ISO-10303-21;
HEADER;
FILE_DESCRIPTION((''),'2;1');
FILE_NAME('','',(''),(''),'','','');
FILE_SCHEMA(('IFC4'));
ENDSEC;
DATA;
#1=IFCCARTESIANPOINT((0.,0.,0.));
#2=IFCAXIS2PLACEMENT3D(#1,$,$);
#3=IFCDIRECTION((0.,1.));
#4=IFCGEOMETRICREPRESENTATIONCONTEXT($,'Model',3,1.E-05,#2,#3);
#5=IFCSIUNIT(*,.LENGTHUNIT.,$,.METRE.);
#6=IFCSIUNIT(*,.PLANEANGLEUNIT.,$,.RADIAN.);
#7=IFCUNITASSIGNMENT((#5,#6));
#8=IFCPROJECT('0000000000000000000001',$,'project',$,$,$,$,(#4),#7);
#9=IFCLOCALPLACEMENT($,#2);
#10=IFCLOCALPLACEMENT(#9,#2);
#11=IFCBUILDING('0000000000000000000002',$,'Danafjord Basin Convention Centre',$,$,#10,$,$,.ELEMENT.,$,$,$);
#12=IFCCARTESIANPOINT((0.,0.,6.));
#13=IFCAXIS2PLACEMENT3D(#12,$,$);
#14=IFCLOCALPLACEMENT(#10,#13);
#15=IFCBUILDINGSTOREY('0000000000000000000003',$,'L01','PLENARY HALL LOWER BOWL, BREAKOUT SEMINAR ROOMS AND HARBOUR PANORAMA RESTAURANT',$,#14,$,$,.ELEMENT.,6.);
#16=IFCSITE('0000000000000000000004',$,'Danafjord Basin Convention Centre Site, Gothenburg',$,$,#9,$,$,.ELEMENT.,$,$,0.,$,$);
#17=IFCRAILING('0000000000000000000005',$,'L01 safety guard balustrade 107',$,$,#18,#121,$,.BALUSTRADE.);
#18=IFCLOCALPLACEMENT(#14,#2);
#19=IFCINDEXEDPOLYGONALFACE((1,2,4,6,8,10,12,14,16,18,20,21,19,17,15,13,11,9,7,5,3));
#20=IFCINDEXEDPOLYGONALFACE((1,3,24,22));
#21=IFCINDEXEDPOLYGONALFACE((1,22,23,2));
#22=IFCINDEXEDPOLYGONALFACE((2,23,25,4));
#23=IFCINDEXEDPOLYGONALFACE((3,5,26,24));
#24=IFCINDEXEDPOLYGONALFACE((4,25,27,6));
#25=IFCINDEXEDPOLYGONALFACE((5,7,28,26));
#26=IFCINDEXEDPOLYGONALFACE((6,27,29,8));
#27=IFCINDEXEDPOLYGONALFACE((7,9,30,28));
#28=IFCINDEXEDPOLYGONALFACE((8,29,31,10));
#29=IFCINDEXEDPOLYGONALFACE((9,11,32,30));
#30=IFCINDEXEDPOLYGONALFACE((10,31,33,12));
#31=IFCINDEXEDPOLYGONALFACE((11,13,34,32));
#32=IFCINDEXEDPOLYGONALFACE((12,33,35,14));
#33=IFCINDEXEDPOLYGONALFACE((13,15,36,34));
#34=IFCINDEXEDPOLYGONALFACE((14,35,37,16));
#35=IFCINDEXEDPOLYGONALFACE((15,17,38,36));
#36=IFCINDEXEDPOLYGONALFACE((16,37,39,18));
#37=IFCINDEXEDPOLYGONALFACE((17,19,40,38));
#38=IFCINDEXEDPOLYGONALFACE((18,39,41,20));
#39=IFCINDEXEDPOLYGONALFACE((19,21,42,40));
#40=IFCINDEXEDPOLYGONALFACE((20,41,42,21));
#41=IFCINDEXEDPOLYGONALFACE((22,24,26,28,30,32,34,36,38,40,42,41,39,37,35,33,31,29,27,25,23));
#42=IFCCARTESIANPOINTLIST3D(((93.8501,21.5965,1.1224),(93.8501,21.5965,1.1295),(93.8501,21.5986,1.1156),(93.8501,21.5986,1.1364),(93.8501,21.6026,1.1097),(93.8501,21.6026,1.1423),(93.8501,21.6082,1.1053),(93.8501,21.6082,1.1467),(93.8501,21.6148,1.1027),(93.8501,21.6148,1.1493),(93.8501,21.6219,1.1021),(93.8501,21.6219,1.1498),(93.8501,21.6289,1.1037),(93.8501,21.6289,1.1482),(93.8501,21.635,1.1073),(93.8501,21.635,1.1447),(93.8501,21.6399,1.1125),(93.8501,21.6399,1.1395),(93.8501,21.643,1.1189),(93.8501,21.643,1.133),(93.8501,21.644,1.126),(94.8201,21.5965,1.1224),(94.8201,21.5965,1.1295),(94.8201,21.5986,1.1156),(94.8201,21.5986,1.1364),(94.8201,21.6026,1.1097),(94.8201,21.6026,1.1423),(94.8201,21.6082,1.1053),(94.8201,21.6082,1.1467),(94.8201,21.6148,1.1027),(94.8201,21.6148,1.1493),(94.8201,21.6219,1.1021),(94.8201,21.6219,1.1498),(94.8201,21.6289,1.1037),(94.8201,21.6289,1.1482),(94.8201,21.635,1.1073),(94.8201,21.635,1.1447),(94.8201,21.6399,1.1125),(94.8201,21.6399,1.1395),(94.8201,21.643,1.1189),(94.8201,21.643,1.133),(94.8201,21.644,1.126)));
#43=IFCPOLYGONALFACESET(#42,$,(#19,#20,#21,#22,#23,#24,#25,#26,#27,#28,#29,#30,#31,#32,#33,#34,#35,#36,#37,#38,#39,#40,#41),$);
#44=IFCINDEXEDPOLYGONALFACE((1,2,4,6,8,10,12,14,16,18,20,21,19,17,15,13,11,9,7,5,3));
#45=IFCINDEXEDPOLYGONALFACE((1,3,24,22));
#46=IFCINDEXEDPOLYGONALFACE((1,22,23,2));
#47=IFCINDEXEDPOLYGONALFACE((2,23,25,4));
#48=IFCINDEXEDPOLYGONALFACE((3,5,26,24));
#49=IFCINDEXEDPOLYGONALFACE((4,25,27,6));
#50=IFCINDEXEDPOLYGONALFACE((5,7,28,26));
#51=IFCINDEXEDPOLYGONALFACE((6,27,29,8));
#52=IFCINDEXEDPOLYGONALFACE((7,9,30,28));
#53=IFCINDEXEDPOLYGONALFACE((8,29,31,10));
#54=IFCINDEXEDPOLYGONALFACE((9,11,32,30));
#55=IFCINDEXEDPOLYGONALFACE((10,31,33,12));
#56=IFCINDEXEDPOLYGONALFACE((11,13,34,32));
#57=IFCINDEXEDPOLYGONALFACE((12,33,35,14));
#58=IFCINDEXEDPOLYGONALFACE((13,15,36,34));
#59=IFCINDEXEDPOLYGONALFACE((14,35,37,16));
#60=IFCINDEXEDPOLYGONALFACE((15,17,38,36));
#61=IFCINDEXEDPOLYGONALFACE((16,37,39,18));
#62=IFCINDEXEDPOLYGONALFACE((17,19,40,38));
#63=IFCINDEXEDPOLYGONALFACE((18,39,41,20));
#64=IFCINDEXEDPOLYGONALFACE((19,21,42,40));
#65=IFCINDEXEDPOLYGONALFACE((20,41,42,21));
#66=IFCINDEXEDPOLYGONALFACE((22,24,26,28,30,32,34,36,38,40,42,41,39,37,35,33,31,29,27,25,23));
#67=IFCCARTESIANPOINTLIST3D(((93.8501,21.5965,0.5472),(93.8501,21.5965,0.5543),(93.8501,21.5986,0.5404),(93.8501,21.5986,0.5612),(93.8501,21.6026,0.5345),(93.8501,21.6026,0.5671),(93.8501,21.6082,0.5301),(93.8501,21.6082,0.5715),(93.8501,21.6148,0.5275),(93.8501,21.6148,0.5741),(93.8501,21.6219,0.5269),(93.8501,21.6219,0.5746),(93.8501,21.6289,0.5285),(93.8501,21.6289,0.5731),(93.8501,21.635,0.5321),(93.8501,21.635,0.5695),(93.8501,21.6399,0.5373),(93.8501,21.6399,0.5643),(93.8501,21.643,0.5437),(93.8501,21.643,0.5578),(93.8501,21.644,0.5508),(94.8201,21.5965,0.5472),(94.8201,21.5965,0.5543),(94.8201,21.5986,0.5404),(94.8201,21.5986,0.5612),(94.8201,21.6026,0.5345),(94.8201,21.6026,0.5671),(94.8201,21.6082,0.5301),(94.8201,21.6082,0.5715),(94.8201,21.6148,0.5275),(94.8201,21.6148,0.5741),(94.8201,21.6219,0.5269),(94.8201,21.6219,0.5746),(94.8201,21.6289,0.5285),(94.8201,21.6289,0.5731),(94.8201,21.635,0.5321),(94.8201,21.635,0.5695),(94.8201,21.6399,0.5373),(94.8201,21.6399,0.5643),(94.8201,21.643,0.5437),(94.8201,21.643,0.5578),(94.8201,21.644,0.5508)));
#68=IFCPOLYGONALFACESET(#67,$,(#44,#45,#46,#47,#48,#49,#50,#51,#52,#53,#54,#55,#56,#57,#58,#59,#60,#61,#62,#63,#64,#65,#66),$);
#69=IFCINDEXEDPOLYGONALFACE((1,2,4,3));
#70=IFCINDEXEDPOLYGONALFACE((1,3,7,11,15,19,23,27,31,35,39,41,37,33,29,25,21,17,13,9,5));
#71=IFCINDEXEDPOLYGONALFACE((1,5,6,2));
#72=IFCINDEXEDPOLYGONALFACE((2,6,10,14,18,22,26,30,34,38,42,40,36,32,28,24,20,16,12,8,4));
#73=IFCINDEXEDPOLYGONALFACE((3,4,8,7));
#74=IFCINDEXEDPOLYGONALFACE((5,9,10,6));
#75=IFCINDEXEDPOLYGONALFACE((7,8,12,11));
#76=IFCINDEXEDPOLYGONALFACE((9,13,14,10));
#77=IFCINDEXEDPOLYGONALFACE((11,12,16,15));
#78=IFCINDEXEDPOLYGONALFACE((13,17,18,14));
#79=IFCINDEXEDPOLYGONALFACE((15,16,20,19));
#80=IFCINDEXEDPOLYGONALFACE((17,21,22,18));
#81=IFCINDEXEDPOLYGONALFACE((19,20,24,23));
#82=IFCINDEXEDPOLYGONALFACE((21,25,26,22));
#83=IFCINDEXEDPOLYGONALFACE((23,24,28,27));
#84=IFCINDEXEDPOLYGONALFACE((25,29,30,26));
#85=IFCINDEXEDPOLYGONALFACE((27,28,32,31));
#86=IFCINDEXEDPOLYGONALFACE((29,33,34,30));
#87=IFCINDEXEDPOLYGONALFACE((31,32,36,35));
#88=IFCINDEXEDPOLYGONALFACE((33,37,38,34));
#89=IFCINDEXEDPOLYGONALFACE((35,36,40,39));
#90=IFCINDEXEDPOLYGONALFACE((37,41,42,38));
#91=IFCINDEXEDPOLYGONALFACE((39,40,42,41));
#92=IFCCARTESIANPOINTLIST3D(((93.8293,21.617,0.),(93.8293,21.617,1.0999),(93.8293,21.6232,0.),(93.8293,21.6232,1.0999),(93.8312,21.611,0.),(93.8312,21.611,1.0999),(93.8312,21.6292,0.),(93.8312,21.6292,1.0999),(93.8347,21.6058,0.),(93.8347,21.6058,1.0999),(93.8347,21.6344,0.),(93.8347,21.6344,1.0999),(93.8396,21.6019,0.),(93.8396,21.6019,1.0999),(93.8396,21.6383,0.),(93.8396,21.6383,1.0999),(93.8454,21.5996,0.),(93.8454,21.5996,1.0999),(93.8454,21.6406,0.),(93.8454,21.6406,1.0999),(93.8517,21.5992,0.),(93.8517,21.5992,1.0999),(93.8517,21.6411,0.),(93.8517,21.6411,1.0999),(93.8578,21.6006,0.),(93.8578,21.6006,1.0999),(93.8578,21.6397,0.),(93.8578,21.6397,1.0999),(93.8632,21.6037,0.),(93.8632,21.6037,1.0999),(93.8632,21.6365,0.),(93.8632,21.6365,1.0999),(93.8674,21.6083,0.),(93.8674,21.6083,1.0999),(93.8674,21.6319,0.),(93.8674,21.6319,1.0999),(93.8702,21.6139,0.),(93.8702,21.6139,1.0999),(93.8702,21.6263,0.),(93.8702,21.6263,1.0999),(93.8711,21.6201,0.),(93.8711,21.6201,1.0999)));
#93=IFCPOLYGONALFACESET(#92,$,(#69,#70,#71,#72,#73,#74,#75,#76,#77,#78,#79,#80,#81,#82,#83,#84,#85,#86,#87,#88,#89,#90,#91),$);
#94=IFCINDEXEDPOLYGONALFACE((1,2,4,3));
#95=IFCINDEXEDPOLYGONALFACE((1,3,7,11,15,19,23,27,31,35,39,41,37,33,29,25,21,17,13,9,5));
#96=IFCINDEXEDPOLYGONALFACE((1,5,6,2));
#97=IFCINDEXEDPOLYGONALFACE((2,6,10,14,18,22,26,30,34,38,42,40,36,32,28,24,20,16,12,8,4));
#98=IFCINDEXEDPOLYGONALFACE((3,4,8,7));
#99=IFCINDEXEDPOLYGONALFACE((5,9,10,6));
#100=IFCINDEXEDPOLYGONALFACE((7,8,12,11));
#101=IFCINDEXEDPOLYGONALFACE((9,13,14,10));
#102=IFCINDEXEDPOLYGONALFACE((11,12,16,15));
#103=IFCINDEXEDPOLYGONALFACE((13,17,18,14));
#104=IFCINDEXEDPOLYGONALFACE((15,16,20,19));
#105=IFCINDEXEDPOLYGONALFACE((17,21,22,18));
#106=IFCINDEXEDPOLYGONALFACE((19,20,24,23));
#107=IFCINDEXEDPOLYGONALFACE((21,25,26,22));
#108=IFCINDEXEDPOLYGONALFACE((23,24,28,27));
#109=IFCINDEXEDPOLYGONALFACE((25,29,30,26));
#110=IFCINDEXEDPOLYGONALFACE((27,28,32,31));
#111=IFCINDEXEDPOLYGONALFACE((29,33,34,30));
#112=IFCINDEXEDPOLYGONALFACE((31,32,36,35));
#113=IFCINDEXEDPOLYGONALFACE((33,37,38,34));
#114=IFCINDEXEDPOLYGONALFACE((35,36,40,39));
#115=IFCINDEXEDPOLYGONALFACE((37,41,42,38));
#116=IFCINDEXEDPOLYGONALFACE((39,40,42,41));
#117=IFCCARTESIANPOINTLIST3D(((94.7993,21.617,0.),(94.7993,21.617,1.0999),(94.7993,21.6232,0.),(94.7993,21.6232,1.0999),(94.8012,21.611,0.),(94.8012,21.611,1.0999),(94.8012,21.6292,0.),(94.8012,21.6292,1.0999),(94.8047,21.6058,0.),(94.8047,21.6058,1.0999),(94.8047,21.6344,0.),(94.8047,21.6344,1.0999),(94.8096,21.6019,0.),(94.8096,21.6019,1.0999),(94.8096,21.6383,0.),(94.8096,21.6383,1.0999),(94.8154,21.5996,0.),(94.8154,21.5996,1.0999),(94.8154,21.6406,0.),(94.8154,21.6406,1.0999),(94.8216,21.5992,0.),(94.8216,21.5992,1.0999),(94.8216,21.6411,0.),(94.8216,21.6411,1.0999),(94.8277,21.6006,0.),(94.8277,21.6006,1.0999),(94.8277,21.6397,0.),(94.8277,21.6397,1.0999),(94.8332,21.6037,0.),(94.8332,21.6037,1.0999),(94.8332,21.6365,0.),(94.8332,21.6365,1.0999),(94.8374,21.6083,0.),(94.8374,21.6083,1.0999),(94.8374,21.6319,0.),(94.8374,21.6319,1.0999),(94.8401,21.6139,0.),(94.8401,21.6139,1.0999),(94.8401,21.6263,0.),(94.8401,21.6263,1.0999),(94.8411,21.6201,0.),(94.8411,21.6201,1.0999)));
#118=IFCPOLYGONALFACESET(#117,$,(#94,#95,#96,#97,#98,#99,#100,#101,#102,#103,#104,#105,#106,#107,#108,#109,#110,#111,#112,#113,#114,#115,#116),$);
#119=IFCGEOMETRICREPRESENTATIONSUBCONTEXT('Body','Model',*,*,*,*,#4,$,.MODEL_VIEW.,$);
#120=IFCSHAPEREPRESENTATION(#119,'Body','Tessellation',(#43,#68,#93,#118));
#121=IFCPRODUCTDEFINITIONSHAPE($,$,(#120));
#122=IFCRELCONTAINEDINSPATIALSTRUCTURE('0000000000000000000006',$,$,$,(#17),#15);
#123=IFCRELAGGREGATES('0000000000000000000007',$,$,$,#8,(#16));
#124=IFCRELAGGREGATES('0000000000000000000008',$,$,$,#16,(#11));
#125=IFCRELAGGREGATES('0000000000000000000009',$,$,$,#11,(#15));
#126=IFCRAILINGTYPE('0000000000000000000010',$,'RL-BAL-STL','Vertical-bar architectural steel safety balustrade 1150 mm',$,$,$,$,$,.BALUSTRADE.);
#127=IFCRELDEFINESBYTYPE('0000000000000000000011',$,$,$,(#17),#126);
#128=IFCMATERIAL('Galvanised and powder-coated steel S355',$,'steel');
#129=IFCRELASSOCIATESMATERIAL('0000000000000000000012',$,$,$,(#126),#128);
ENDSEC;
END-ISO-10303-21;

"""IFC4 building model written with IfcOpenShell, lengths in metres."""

from ifc_helpers import new_model, si_unit, direction, frame, origin, origin_2d, place, context, subcontext, project, spatial, circle, extrude, material, type_object, element, save


model = new_model("IFC4")

# Units and contexts
model_context = context("Model", 3, precision=1e-05, world=origin(), true_north=direction((0.0, 1.0)))
body_context = subcontext(model_context, "Body", "Model", "MODEL_VIEW")
ifc_project = project(units=[si_unit("LENGTHUNIT", "METRE"), si_unit("PLANEANGLEUNIT", "RADIAN")], contexts=[model_context])

# Site, building, storey
site_placement = place(None, origin())
site = spatial("IfcSite", under=ifc_project, at=site_placement, Name="Danafjord Basin Convention Centre Site, Gothenburg", CompositionType="ELEMENT", RefElevation=0.0)
building_placement = place(site_placement, origin())
building = spatial("IfcBuilding", under=site, at=building_placement, Name="Danafjord Basin Convention Centre", CompositionType="ELEMENT")
storey_placement = place(building_placement, frame((0.0, 0.0, 6.0)))
storey = spatial("IfcBuildingStorey", under=building, at=storey_placement, Name="L01", Description="PLENARY HALL LOWER BOWL, BREAKOUT SEMINAR ROOMS AND HARBOUR PANORAMA RESTAURANT", CompositionType="ELEMENT", Elevation=6.0)

# Railing
ifc_material_1 = material(Name="Galvanised and powder-coated steel S355", Category="steel")
railing_type_1 = type_object("IfcRailingType", Name="RL-BAL-STL", Description="Vertical-bar architectural steel safety balustrade 1150 mm", PredefinedType="BALUSTRADE", material=ifc_material_1)
railing_1_placement = place(storey_placement, frame((93.8501, 21.6201, 0.0)))
element("IfcRailing", 1, at=railing_1_placement, inside=storey, type_object=railing_type_1, Name="L01 safety guard balustrade 107", PredefinedType="BALUSTRADE", context=body_context, shape_type="SweptSolid", body=[
    extrude(circle(Radius=0.0239, at=origin_2d()), frame((0.0, 0.0, 1.126), z_axis=(1.0, 0.0, 0.0), x_axis=(0.0, 1.0, 0.0)), (0.0, 0.0, 1.0), 0.97),
    extrude(circle(Radius=0.0239, at=origin_2d()), frame((0.0, 0.0, 0.5508), z_axis=(1.0, 0.0, 0.0), x_axis=(0.0, 1.0, 0.0)), (0.0, 0.0, 1.0), 0.97),
    extrude(circle(Radius=0.021, at=origin_2d()), origin(), (0.0, 0.0, 1.0), 1.0999),
    extrude(circle(Radius=0.021, at=origin_2d()), frame((0.97, 0.0, 0.0)), (0.0, 0.0, 1.0), 1.0999),
])

save(model, "model.ifc")
